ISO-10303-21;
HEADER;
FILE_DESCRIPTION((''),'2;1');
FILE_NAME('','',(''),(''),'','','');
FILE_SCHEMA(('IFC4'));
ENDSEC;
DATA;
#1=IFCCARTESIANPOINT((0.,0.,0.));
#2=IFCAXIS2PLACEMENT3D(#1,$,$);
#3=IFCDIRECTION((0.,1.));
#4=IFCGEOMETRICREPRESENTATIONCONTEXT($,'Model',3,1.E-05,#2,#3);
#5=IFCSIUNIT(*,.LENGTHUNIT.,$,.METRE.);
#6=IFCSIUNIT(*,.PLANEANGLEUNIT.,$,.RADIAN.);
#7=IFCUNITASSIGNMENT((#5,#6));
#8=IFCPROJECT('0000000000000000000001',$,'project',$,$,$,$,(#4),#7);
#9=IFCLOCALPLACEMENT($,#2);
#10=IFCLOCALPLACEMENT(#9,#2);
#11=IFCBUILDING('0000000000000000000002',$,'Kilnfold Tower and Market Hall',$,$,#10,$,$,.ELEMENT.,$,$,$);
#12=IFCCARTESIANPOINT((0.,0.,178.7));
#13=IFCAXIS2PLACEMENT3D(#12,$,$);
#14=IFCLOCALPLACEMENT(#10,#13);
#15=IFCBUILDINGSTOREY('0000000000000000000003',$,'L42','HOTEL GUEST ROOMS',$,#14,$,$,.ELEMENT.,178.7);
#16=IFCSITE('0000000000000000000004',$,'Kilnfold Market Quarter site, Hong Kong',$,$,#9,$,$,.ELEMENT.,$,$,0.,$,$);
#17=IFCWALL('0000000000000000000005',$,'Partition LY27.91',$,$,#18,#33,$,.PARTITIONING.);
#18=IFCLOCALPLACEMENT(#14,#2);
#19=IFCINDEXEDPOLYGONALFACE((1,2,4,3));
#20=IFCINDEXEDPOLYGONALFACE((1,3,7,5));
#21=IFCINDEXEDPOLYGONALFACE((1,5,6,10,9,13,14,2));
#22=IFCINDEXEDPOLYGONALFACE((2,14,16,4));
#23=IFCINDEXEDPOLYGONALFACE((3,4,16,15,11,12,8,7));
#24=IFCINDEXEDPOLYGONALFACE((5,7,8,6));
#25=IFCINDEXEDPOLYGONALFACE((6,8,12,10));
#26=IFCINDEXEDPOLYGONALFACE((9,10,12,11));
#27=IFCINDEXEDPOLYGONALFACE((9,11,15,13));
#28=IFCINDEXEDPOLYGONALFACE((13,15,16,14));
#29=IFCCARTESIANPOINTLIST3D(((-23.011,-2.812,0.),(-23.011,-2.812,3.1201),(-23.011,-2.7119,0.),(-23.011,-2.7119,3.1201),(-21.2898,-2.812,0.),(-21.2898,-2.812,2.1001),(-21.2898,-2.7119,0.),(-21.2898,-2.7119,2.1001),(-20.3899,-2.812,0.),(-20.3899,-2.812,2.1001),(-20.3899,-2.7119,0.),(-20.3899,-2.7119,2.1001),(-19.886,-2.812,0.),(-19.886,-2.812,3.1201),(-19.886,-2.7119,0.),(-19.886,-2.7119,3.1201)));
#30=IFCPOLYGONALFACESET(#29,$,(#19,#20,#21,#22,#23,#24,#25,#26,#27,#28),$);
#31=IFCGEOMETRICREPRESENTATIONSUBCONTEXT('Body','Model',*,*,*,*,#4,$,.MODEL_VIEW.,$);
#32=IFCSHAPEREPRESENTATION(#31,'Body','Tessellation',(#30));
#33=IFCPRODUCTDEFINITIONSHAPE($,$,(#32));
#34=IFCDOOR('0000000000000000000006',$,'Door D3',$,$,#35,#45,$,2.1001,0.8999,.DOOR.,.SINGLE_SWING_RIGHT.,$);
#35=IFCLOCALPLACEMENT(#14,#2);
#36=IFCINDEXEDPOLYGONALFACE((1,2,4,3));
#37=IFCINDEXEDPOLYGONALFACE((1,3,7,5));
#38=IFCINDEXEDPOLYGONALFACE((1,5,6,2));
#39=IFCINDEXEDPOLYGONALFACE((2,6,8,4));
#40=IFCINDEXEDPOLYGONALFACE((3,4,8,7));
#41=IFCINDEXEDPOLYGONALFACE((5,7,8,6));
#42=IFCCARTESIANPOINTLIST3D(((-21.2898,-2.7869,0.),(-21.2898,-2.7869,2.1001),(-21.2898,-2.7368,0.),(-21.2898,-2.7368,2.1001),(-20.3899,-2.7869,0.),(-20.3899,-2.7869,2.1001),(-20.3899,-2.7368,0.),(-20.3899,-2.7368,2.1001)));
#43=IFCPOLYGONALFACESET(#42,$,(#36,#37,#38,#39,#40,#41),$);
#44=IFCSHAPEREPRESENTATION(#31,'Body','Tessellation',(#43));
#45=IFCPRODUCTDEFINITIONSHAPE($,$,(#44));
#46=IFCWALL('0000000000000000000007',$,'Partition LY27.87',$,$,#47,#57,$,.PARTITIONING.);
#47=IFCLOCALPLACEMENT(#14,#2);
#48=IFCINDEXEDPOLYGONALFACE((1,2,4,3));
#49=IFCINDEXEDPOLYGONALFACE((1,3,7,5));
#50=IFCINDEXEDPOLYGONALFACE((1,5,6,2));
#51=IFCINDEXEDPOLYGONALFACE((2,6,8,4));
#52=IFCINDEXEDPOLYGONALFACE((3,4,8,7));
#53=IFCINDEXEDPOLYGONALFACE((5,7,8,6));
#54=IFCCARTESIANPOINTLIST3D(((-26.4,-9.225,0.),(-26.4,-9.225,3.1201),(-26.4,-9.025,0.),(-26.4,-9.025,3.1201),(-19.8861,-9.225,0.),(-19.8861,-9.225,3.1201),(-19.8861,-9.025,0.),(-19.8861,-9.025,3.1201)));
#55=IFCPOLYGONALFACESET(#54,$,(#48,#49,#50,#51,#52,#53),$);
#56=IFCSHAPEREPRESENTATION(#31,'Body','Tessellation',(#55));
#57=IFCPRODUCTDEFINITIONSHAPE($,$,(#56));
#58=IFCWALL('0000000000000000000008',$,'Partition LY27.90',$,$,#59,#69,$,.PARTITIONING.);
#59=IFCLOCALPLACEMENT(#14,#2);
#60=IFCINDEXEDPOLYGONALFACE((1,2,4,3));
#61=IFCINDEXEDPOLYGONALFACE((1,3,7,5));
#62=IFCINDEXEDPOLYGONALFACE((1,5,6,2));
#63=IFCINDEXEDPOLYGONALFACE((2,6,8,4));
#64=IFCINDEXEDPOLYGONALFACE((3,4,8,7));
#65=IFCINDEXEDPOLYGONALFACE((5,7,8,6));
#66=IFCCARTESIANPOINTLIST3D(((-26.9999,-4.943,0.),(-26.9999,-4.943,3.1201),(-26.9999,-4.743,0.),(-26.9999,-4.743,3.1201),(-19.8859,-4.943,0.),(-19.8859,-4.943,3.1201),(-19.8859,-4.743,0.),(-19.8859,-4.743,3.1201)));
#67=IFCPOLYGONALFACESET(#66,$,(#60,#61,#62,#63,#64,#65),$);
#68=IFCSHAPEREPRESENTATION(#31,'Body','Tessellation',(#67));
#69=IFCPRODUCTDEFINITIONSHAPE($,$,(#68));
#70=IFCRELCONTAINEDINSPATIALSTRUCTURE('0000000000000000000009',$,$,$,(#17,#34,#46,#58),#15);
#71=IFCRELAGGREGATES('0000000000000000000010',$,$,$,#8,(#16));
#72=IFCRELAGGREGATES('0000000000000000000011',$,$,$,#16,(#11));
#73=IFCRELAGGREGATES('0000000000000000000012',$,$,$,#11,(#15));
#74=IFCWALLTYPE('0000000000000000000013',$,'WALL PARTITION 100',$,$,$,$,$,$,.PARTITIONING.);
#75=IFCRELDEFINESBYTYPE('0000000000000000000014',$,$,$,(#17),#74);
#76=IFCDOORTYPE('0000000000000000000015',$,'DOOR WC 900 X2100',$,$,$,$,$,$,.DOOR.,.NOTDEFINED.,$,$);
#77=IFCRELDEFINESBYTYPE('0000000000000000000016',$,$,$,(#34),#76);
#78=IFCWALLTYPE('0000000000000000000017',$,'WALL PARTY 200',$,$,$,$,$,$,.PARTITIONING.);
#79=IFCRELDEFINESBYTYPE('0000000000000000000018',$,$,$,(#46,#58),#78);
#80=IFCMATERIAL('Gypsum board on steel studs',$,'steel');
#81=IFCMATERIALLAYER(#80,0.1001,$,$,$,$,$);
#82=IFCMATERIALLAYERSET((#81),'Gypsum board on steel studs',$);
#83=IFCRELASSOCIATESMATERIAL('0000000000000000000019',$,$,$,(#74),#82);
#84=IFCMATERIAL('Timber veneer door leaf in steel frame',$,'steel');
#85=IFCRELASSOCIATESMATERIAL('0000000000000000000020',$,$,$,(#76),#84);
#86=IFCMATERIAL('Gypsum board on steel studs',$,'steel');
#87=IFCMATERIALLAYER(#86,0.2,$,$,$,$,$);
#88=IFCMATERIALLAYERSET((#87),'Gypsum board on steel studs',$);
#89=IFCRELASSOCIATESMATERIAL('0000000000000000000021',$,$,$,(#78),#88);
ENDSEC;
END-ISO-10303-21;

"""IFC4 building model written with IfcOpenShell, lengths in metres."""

from ifc_helpers import new_model, si_unit, direction, frame, frame_2d, origin, place, context, subcontext, project, spatial, rectangle, extrude, material, layer, layer_set, type_object, element, fill, save


model = new_model("IFC4")

# Units and contexts
model_context = context("Model", 3, precision=1e-05, world=origin(), true_north=direction((0.0, 1.0)))
body_context = subcontext(model_context, "Body", "Model", "MODEL_VIEW")
ifc_project = project(units=[si_unit("LENGTHUNIT", "METRE"), si_unit("PLANEANGLEUNIT", "RADIAN")], contexts=[model_context])

# Site, building, storey
site_placement = place(None, origin())
site = spatial("IfcSite", under=ifc_project, at=site_placement, Name="Kilnfold Market Quarter site, Hong Kong", CompositionType="ELEMENT", RefElevation=0.0)
building_placement = place(site_placement, origin())
building = spatial("IfcBuilding", under=site, at=building_placement, Name="Kilnfold Tower and Market Hall", CompositionType="ELEMENT")
storey_placement = place(building_placement, frame((0.0, 0.0, 178.7)))
storey = spatial("IfcBuildingStorey", under=building, at=storey_placement, Name="L42", Description="HOTEL GUEST ROOMS", CompositionType="ELEMENT", Elevation=178.7)

# Shared definitions
ifc_material_1 = material(Name="Gypsum board on steel studs", Category="steel")
ifc_layer_1 = layer(ifc_material_1, 0.1001)
ifc_layer_set_1 = layer_set([ifc_layer_1], Name="Gypsum board on steel studs")
wall_type_1 = type_object("IfcWallType", Name="WALL PARTITION 100", PredefinedType="PARTITIONING", material=ifc_layer_set_1)
ifc_material_2 = material(Name="Timber veneer door leaf in steel frame", Category="steel")
door_type_1 = type_object("IfcDoorType", Name="DOOR WC 900 X2100", OperationType="NOTDEFINED", PredefinedType="DOOR", material=ifc_material_2)

# Wall, opening, door
wall_1_placement = place(storey_placement, frame((-19.886, -2.762, 0.0), z_axis=(0.0, 0.0, 1.0), x_axis=(-1.0, 0.0, 0.0)))
wall_1 = element("IfcWall", 1, at=wall_1_placement, inside=storey, type_object=wall_type_1, Name="Partition LY27.91", PredefinedType="PARTITIONING", context=body_context, shape_type="SweptSolid", body=[
    extrude(rectangle(XDim=3.125, YDim=0.1001, at=frame_2d((1.5625, 0.0))), origin(), (0.0, 0.0, 1.0), 3.1201),
])
opening_1_placement = place(wall_1_placement, frame((0.5039, 0.0, 0.0)))
opening_1 = element("IfcOpeningElement", 2, at=opening_1_placement, cuts=wall_1, PredefinedType="OPENING", context=body_context, shape_type="SweptSolid", body=[
    extrude(rectangle(XDim=0.8999, YDim=2.1001, at=frame_2d((0.45, 1.05))), frame((0.0, 0.0601, 0.0), z_axis=(0.0, -1.0, 0.0), x_axis=(1.0, 0.0, 0.0)), (0.0, 0.0, 1.0), 0.1201),
])
door_1_placement = place(opening_1_placement, origin())
door_1 = element("IfcDoor", 3, at=door_1_placement, inside=storey, type_object=door_type_1, Name="Door D3", OperationType="SINGLE_SWING_RIGHT", OverallHeight=2.1001, OverallWidth=0.8999, PredefinedType="DOOR", context=body_context, shape_type="SweptSolid", body=[
    extrude(rectangle(XDim=0.8999, YDim=2.1001, at=frame_2d((0.45, 1.05))), frame((0.0, 0.0249, 0.0), z_axis=(0.0, -1.0, 0.0), x_axis=(1.0, 0.0, 0.0)), (0.0, 0.0, 1.0), 0.05),
])
fill(opening_1, door_1)

# Walls
ifc_material_3 = material(Name="Gypsum board on steel studs", Category="steel")
ifc_layer_2 = layer(ifc_material_3, 0.2)
ifc_layer_set_2 = layer_set([ifc_layer_2], Name="Gypsum board on steel studs")
wall_type_2 = type_object("IfcWallType", Name="WALL PARTY 200", PredefinedType="PARTITIONING", material=ifc_layer_set_2)
wall_2_placement = place(storey_placement, frame((-26.3999, -9.125, 0.0), z_axis=(0.0, 0.0, 1.0), x_axis=(1.0, 0.0, 0.0)))
element("IfcWall", 4, at=wall_2_placement, inside=storey, type_object=wall_type_2, Name="Partition LY27.87", PredefinedType="PARTITIONING", context=body_context, shape_type="SweptSolid", body=[
    extrude(rectangle(XDim=6.5139, YDim=0.2, at=frame_2d((3.2568, 0.0))), origin(), (0.0, 0.0, 1.0), 3.1201),
])
wall_3_placement = place(storey_placement, frame((-27.0, -4.843, 0.0), z_axis=(0.0, 0.0, 1.0), x_axis=(1.0, 0.0, 0.0)))
element("IfcWall", 5, at=wall_3_placement, inside=storey, type_object=wall_type_2, Name="Partition LY27.90", PredefinedType="PARTITIONING", context=body_context, shape_type="SweptSolid", body=[
    extrude(rectangle(XDim=7.114, YDim=0.2, at=frame_2d((3.5571, 0.0))), origin(), (0.0, 0.0, 1.0), 3.1201),
])

save(model, "model.ifc")
